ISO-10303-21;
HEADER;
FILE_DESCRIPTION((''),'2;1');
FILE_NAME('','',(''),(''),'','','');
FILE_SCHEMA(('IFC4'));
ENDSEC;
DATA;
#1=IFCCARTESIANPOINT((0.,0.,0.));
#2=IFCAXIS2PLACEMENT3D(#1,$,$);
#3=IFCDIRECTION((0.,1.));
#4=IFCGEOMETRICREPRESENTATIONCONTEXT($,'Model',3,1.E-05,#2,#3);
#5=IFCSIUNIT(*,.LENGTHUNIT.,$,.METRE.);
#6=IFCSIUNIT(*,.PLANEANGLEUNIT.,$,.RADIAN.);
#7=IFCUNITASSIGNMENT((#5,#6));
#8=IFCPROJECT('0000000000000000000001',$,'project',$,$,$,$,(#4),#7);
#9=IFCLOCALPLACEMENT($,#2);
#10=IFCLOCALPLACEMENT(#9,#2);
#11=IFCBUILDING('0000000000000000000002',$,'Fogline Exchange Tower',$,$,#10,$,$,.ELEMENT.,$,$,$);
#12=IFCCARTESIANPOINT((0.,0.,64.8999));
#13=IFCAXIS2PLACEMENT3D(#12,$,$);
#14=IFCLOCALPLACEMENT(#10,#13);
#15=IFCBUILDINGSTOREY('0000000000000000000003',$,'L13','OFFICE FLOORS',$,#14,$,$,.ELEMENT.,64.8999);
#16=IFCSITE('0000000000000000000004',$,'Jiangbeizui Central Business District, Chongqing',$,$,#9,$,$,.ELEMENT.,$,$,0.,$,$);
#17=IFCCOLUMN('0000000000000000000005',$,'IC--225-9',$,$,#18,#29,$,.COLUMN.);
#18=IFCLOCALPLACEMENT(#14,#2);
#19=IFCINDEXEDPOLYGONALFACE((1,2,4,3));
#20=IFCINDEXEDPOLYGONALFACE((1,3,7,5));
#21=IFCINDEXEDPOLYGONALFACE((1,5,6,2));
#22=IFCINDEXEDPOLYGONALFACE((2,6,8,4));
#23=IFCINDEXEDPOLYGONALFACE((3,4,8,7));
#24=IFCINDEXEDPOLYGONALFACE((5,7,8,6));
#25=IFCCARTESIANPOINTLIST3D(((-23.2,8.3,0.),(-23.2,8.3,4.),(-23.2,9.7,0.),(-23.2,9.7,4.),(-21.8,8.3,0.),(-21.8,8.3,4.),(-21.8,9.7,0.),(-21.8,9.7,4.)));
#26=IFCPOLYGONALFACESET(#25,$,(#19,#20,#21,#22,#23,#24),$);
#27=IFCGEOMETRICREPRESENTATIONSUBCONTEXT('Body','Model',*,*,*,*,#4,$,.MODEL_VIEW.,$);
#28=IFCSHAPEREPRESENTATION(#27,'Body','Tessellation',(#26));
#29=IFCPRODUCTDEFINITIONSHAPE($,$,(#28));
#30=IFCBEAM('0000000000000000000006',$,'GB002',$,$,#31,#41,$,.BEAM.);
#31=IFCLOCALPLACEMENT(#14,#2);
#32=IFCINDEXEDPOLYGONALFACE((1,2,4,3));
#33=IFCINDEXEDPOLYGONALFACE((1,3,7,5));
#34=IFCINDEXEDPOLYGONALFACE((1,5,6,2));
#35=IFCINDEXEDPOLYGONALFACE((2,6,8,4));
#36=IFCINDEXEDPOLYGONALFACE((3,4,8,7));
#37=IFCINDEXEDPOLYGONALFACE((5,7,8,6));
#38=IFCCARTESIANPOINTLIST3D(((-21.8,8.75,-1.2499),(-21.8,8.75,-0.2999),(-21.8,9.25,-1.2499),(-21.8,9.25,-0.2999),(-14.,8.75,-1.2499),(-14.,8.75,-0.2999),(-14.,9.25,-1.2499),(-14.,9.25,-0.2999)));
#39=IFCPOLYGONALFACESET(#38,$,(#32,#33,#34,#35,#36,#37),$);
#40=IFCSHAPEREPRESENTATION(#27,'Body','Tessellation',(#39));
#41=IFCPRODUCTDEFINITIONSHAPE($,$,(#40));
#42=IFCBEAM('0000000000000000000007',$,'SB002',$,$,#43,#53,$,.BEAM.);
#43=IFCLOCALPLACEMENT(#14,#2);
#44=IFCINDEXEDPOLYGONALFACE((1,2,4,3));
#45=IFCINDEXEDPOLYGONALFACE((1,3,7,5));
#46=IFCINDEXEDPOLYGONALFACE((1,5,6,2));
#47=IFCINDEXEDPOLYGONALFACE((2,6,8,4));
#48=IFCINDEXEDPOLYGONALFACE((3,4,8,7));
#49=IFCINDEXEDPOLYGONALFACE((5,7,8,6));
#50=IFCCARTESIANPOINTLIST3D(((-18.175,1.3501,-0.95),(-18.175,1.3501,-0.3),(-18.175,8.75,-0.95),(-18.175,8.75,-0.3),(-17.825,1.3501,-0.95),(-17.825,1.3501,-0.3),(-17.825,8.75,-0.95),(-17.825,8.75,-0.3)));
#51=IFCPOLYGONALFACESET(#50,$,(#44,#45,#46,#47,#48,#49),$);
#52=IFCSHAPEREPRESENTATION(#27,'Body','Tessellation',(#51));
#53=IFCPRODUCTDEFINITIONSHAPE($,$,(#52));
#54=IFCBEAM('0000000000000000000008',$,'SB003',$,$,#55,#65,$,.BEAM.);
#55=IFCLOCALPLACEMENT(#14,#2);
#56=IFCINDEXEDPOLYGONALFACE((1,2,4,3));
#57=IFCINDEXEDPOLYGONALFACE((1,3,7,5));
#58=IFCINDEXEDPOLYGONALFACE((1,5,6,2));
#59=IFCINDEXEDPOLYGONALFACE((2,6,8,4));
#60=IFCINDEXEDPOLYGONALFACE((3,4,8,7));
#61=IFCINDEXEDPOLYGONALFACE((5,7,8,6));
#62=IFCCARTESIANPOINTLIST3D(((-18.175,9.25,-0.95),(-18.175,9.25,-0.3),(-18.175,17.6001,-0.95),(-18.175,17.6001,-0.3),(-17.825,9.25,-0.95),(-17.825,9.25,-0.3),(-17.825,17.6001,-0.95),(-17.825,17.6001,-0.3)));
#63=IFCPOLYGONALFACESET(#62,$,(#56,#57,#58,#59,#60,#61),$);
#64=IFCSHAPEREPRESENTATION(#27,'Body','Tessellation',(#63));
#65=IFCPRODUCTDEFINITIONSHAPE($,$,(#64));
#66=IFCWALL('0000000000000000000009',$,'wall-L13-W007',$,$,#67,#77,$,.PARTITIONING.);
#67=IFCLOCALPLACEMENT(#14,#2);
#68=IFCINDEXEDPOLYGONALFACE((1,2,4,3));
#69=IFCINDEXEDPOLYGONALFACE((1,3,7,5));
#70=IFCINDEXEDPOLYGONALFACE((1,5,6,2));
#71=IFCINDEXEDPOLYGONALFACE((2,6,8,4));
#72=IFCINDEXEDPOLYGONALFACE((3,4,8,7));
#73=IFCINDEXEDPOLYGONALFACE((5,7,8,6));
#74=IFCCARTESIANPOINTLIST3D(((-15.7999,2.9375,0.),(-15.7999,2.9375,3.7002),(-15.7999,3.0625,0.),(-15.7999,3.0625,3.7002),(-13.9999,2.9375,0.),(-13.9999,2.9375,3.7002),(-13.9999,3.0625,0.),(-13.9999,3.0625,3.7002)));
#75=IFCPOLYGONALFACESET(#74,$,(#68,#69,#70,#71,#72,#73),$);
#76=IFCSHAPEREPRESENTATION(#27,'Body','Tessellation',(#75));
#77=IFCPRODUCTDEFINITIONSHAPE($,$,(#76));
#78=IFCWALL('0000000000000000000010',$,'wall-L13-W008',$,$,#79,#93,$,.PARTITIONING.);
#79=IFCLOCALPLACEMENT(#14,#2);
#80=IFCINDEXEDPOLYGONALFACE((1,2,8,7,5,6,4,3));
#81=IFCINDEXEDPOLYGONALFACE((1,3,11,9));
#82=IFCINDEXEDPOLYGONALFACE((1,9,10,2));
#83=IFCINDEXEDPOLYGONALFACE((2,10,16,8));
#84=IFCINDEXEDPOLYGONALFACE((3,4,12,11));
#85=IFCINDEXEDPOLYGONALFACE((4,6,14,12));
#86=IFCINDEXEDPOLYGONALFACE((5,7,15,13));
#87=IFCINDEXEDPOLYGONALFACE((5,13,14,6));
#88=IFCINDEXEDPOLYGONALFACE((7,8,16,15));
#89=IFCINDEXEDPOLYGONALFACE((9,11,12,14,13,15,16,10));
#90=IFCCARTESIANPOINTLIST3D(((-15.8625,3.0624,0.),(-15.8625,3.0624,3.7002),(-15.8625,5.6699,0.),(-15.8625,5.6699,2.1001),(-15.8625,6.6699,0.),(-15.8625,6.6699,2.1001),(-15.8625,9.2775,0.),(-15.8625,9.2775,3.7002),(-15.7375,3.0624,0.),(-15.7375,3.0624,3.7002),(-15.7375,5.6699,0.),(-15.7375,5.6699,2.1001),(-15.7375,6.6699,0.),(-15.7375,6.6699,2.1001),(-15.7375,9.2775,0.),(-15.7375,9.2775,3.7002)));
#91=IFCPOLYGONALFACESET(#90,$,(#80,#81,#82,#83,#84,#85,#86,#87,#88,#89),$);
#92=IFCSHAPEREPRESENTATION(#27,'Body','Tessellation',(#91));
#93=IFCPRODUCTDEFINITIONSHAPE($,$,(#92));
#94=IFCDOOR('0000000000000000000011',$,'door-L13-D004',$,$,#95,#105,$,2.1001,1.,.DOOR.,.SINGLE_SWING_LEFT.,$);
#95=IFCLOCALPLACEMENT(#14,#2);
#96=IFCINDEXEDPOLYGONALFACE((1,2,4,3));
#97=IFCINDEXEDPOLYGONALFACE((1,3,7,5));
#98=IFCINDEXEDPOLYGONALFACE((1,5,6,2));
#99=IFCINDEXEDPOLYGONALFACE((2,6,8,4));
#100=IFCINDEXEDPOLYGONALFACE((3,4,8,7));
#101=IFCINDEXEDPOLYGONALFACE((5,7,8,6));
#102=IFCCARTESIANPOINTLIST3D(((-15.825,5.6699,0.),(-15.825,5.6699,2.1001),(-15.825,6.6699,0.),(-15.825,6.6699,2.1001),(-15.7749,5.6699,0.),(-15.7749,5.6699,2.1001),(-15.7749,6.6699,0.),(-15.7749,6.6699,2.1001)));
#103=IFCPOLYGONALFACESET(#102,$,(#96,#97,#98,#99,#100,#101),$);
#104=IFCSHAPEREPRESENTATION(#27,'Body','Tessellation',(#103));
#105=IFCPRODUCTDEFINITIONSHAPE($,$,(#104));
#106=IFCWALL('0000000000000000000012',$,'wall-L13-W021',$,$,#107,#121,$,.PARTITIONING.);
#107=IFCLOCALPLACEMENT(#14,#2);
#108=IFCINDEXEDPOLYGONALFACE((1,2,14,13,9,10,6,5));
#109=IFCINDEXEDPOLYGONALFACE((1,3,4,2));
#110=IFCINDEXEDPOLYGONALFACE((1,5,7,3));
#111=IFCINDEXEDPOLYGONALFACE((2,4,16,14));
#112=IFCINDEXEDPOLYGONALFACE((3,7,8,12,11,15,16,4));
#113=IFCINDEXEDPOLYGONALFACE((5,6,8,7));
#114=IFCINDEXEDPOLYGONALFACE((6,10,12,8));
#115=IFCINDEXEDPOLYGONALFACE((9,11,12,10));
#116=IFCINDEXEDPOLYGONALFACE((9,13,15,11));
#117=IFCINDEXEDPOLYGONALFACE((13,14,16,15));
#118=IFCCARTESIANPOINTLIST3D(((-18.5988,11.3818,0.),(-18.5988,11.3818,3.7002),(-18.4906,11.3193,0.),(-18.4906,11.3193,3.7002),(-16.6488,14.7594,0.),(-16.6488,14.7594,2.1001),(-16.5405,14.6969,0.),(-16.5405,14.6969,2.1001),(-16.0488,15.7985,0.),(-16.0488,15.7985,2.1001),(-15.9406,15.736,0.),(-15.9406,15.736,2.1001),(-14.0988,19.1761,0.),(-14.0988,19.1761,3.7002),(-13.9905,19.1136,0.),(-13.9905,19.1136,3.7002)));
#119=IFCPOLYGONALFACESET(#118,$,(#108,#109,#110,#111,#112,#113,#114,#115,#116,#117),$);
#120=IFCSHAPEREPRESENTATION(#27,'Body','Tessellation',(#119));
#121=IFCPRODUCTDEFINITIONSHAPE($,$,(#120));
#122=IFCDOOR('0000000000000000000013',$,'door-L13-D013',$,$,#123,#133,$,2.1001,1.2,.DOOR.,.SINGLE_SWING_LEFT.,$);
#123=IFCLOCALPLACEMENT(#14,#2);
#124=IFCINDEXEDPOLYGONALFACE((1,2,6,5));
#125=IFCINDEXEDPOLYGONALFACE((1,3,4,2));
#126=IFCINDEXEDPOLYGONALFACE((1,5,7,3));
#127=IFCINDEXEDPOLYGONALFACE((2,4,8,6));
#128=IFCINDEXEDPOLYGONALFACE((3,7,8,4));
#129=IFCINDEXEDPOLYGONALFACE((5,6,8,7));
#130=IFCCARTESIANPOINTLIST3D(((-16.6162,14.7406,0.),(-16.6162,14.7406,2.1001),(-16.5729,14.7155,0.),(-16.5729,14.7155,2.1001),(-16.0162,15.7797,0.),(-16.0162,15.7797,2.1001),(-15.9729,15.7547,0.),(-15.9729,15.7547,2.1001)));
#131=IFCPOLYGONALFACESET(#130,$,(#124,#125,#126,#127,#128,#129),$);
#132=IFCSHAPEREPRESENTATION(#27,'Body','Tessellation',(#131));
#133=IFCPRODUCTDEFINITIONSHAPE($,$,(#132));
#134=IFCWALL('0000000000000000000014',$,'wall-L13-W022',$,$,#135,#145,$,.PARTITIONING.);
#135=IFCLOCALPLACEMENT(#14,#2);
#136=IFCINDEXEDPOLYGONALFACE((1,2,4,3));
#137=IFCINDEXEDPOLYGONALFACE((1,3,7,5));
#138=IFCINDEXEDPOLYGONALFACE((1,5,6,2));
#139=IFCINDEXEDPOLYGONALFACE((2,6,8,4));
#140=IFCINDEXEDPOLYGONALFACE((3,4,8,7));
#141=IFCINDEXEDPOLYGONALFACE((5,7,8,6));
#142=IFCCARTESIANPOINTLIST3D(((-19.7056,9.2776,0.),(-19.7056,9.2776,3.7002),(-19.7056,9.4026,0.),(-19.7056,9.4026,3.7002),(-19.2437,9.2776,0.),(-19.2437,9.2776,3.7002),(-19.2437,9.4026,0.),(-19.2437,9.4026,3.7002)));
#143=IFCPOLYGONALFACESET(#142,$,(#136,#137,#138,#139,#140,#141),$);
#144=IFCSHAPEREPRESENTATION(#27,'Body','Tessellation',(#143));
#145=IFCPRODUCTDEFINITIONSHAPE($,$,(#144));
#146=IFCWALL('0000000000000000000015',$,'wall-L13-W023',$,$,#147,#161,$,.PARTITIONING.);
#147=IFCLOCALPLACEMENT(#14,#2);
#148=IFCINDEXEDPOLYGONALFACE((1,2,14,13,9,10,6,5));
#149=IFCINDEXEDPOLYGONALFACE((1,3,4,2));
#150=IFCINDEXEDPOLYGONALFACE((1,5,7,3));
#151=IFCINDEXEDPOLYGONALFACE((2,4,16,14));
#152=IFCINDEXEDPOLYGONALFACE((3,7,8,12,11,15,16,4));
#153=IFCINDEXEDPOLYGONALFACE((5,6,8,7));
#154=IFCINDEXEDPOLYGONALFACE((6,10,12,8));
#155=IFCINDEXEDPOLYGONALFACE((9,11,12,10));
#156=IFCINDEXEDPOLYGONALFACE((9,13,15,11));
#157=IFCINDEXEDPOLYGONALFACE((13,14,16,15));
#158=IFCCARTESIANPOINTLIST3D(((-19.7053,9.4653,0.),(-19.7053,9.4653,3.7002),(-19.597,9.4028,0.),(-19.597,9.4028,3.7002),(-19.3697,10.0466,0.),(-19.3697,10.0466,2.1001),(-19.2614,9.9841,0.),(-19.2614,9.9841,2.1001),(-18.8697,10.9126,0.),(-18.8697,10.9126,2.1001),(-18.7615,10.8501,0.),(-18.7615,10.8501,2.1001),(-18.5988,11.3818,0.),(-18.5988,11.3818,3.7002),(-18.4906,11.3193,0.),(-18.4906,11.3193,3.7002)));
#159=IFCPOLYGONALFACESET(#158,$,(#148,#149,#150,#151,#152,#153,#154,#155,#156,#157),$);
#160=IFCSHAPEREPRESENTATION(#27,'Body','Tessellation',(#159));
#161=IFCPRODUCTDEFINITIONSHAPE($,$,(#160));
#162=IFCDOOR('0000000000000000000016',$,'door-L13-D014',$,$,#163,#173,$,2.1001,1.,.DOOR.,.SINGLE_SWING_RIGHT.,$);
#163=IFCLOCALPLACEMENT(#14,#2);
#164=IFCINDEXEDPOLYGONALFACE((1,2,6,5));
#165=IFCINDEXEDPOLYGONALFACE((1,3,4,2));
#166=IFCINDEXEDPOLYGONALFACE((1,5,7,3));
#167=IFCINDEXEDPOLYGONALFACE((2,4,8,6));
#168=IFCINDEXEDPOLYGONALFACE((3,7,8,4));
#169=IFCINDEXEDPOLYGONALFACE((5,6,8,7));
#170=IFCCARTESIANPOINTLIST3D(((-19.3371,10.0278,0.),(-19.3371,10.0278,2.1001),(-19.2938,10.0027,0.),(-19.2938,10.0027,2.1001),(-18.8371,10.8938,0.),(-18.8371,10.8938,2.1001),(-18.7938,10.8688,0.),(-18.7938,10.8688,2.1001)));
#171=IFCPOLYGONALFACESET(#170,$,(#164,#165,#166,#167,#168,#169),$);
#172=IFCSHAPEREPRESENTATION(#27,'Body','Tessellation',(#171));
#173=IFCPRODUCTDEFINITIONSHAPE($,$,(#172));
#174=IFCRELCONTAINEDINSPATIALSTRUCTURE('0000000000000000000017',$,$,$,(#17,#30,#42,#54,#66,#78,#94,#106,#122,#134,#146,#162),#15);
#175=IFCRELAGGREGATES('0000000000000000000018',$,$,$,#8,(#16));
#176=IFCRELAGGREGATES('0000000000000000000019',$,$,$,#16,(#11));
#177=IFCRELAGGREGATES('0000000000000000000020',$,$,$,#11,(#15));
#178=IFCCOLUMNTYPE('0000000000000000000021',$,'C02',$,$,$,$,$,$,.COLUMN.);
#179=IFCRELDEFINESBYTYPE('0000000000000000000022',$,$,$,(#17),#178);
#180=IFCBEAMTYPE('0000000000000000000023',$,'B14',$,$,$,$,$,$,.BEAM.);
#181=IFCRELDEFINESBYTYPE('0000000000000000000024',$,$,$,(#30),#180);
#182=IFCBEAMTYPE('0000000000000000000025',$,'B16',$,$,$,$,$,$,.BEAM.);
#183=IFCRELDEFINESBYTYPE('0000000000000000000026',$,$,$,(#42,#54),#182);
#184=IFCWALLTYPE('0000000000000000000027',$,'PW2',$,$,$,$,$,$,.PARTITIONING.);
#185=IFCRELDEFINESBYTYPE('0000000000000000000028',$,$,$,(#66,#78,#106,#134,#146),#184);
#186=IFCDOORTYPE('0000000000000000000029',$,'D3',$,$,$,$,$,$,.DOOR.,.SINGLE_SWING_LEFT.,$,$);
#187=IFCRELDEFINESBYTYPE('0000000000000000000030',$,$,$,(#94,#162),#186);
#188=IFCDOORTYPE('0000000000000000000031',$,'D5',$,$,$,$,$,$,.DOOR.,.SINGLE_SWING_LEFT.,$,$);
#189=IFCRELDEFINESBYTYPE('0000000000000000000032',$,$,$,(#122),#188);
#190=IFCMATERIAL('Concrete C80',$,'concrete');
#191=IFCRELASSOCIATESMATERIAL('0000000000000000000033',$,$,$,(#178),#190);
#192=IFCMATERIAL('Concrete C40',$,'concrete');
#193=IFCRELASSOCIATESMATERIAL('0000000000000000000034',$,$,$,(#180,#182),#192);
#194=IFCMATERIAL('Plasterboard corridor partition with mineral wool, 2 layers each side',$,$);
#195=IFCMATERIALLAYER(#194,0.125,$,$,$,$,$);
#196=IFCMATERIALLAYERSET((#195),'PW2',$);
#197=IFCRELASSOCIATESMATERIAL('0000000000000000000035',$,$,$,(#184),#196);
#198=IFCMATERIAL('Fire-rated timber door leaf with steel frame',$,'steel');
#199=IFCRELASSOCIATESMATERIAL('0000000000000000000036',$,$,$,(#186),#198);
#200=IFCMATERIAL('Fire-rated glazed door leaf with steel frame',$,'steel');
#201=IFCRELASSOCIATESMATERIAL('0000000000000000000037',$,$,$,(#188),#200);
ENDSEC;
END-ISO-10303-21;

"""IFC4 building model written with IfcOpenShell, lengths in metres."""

from ifc_helpers import new_model, si_unit, direction, frame, frame_2d, origin, origin_2d, place, context, subcontext, project, spatial, rectangle, extrude, material, layer, layer_set, material_profile, profile_set, type_object, element, fill, save


model = new_model("IFC4")

# Units and contexts
model_context = context("Model", 3, precision=1e-05, world=origin(), true_north=direction((0.0, 1.0)))
body_context = subcontext(model_context, "Body", "Model", "MODEL_VIEW")
ifc_project = project(units=[si_unit("LENGTHUNIT", "METRE"), si_unit("PLANEANGLEUNIT", "RADIAN")], contexts=[model_context])

# Site, building, storey
site_placement = place(None, origin())
site = spatial("IfcSite", under=ifc_project, at=site_placement, Name="Jiangbeizui Central Business District, Chongqing", CompositionType="ELEMENT", RefElevation=0.0)
building_placement = place(site_placement, origin())
building = spatial("IfcBuilding", under=site, at=building_placement, Name="Fogline Exchange Tower", CompositionType="ELEMENT")
storey_placement = place(building_placement, frame((0.0, 0.0, 64.8999)))
storey = spatial("IfcBuildingStorey", under=building, at=storey_placement, Name="L13", Description="OFFICE FLOORS", CompositionType="ELEMENT", Elevation=64.8999)

# Column
ifc_material_1 = material(Name="Concrete C80", Category="concrete")
ifc_material_profile_1 = material_profile(ifc_material_1, rectangle(XDim=1.3999, YDim=1.3999, at=origin_2d()), Name="RC 1400x1400")
ifc_profile_set_1 = profile_set([ifc_material_profile_1], Name="Concrete C80")
column_type = type_object("IfcColumnType", Name="C02", PredefinedType="COLUMN", material=ifc_profile_set_1)
column_placement = place(storey_placement, frame((-22.5, 9.0, 0.0), z_axis=(0.0, 0.0, 1.0), x_axis=(1.0, 0.0, 0.0)))
element("IfcColumn", 1, at=column_placement, inside=storey, type_object=column_type, Name="IC--225-9", PredefinedType="COLUMN", context=body_context, shape_type="SweptSolid", body=[
    extrude(rectangle(XDim=1.3999, YDim=1.3999, at=origin_2d()), origin(), (0.0, 0.0, 1.0), 4.0),
])

# Beams
ifc_material_2 = material(Name="Concrete C40", Category="concrete")
ifc_material_profile_2 = material_profile(ifc_material_2, rectangle(XDim=0.5, YDim=0.95, at=origin_2d()), Name="RC 500x950")
ifc_profile_set_2 = profile_set([ifc_material_profile_2], Name="Concrete C40")
beam_type_1 = type_object("IfcBeamType", Name="B14", PredefinedType="BEAM", material=ifc_profile_set_2)
beam_1_placement = place(storey_placement, frame((-21.8, 9.0, -0.7749), z_axis=(1.0, 0.0, 0.0), x_axis=(0.0, 1.0, 0.0)))
element("IfcBeam", 2, at=beam_1_placement, inside=storey, type_object=beam_type_1, Name="GB002", PredefinedType="BEAM", context=body_context, shape_type="SweptSolid", body=[
    extrude(rectangle(XDim=0.5, YDim=0.95, at=origin_2d()), origin(), (0.0, 0.0, 1.0), 7.8),
])
ifc_material_profile_3 = material_profile(ifc_material_2, rectangle(XDim=0.3501, YDim=0.6499, at=origin_2d()), Name="RC 350x650")
ifc_profile_set_3 = profile_set([ifc_material_profile_3], Name="Concrete C40")
beam_type_2 = type_object("IfcBeamType", Name="B16", PredefinedType="BEAM", material=ifc_profile_set_3)
beam_2_placement = place(storey_placement, frame((-18.0, 1.3501, -0.625), z_axis=(0.0, 1.0, 0.0), x_axis=(-1.0, 0.0, 0.0)))
element("IfcBeam", 3, at=beam_2_placement, inside=storey, type_object=beam_type_2, Name="SB002", PredefinedType="BEAM", context=body_context, shape_type="SweptSolid", body=[
    extrude(rectangle(XDim=0.3501, YDim=0.6499, at=origin_2d()), origin(), (0.0, 0.0, 1.0), 7.3999),
])
beam_3_placement = place(storey_placement, frame((-18.0, 9.25, -0.625), z_axis=(0.0, 1.0, 0.0), x_axis=(-1.0, 0.0, 0.0)))
element("IfcBeam", 4, at=beam_3_placement, inside=storey, type_object=beam_type_2, Name="SB003", PredefinedType="BEAM", context=body_context, shape_type="SweptSolid", body=[
    extrude(rectangle(XDim=0.3501, YDim=0.6499, at=origin_2d()), origin(), (0.0, 0.0, 1.0), 8.3501),
])

# Wall
ifc_material_3 = material(Name="Plasterboard corridor partition with mineral wool, 2 layers each side")
ifc_layer_1 = layer(ifc_material_3, 0.125)
ifc_layer_set_1 = layer_set([ifc_layer_1], Name="PW2")
wall_type_1 = type_object("IfcWallType", Name="PW2", PredefinedType="PARTITIONING", material=ifc_layer_set_1)
wall_1_placement = place(storey_placement, frame((-14.0, 3.0, 0.0), z_axis=(0.0, 0.0, 1.0), x_axis=(-1.0, 0.0, 0.0)))
element("IfcWall", 5, at=wall_1_placement, inside=storey, type_object=wall_type_1, Name="wall-L13-W007", PredefinedType="PARTITIONING", context=body_context, shape_type="SweptSolid", body=[
    extrude(rectangle(XDim=1.8, YDim=0.125, at=frame_2d((0.8999, 0.0))), origin(), (0.0, 0.0, 1.0), 3.7002),
])

# Walls, openings, doors
wall_2_placement = place(storey_placement, frame((-15.8, 3.0625, 0.0), z_axis=(0.0, 0.0, 1.0), x_axis=(0.0, 1.0, 0.0)))
wall_2 = element("IfcWall", 6, at=wall_2_placement, inside=storey, type_object=wall_type_1, Name="wall-L13-W008", PredefinedType="PARTITIONING", context=body_context, shape_type="SweptSolid", body=[
    extrude(rectangle(XDim=6.2151, YDim=0.125, at=frame_2d((3.1074, 0.0))), origin(), (0.0, 0.0, 1.0), 3.7002),
])
opening_1_placement = place(wall_2_placement, frame((2.6074, 0.0, 0.0)))
opening_1 = element("IfcOpeningElement", 7, at=opening_1_placement, cuts=wall_2, PredefinedType="OPENING", context=body_context, shape_type="SweptSolid", body=[
    extrude(rectangle(XDim=1.0, YDim=2.1001, at=frame_2d((0.5, 1.05))), frame((0.0, 0.0725, 0.0), z_axis=(0.0, -1.0, 0.0), x_axis=(1.0, 0.0, 0.0)), (0.0, 0.0, 1.0), 0.145),
])
ifc_material_4 = material(Name="Fire-rated timber door leaf with steel frame", Category="steel")
door_type_1 = type_object("IfcDoorType", Name="D3", OperationType="SINGLE_SWING_LEFT", PredefinedType="DOOR", material=ifc_material_4)
door_1_placement = place(opening_1_placement, origin())
door_1 = element("IfcDoor", 8, at=door_1_placement, inside=storey, type_object=door_type_1, Name="door-L13-D004", OperationType="SINGLE_SWING_LEFT", OverallHeight=2.1001, OverallWidth=1.0, PredefinedType="DOOR", context=body_context, shape_type="SweptSolid", body=[
    extrude(rectangle(XDim=1.0, YDim=2.1001, at=frame_2d((0.5, 1.05))), frame((0.0, 0.0249, 0.0), z_axis=(0.0, -1.0, 0.0), x_axis=(1.0, 0.0, 0.0)), (0.0, 0.0, 1.0), 0.05),
])
fill(opening_1, door_1)
wall_3_placement = place(storey_placement, frame((-18.5447, 11.3506, 0.0), z_axis=(0.0, 0.0, 1.0), x_axis=(0.500002, 0.866024, 0.0)))
wall_3 = element("IfcWall", 9, at=wall_3_placement, inside=storey, type_object=wall_type_1, Name="wall-L13-W021", PredefinedType="PARTITIONING", context=body_context, shape_type="SweptSolid", body=[
    extrude(rectangle(XDim=9.0, YDim=0.125, at=frame_2d((4.5, 0.0))), origin(), (0.0, 0.0, 1.0), 3.7002),
])
opening_2_placement = place(wall_3_placement, frame((3.8999, 0.0, 0.0)))
opening_2 = element("IfcOpeningElement", 10, at=opening_2_placement, cuts=wall_3, PredefinedType="OPENING", context=body_context, shape_type="SweptSolid", body=[
    extrude(rectangle(XDim=1.2, YDim=2.1001, at=frame_2d((0.6001, 1.05))), frame((0.0, 0.0725, 0.0), z_axis=(0.0, -1.0, 0.0), x_axis=(1.0, 0.0, 0.0)), (0.0, 0.0, 1.0), 0.145),
])
ifc_material_5 = material(Name="Fire-rated glazed door leaf with steel frame", Category="steel")
door_type_2 = type_object("IfcDoorType", Name="D5", OperationType="SINGLE_SWING_LEFT", PredefinedType="DOOR", material=ifc_material_5)
door_2_placement = place(opening_2_placement, origin())
door_2 = element("IfcDoor", 11, at=door_2_placement, inside=storey, type_object=door_type_2, Name="door-L13-D013", OperationType="SINGLE_SWING_LEFT", OverallHeight=2.1001, OverallWidth=1.2, PredefinedType="DOOR", context=body_context, shape_type="SweptSolid", body=[
    extrude(rectangle(XDim=1.2, YDim=2.1001, at=frame_2d((0.6001, 1.05))), frame((0.0, 0.0249, 0.0), z_axis=(0.0, -1.0, 0.0), x_axis=(1.0, 0.0, 0.0)), (0.0, 0.0, 1.0), 0.05),
])
fill(opening_2, door_2)

# Wall
wall_4_placement = place(storey_placement, frame((-19.2437, 9.3401, 0.0), z_axis=(0.0, 0.0, 1.0), x_axis=(-1.0, 0.0, 0.0)))
element("IfcWall", 12, at=wall_4_placement, inside=storey, type_object=wall_type_1, Name="wall-L13-W022", PredefinedType="PARTITIONING", context=body_context, shape_type="SweptSolid", body=[
    extrude(rectangle(XDim=0.4619, YDim=0.125, at=frame_2d((0.231, 0.0))), origin(), (0.0, 0.0, 1.0), 3.7002),
])

# Wall, opening, door
wall_5_placement = place(storey_placement, frame((-19.6511, 9.4341, 0.0), z_axis=(0.0, 0.0, 1.0), x_axis=(0.499983, 0.866035, 0.0)))
wall_5 = element("IfcWall", 13, at=wall_5_placement, inside=storey, type_object=wall_type_1, Name="wall-L13-W023", PredefinedType="PARTITIONING", context=body_context, shape_type="SweptSolid", body=[
    extrude(rectangle(XDim=2.2129, YDim=0.125, at=frame_2d((1.1064, 0.0))), origin(), (0.0, 0.0, 1.0), 3.7002),
])
opening_3_placement = place(wall_5_placement, frame((0.6711, 0.0, 0.0)))
opening_3 = element("IfcOpeningElement", 14, at=opening_3_placement, cuts=wall_5, PredefinedType="OPENING", context=body_context, shape_type="SweptSolid", body=[
    extrude(rectangle(XDim=1.0, YDim=2.1001, at=frame_2d((0.5, 1.05))), frame((0.0, 0.0725, 0.0), z_axis=(0.0, -1.0, 0.0), x_axis=(1.0, 0.0, 0.0)), (0.0, 0.0, 1.0), 0.145),
])
door_3_placement = place(opening_3_placement, origin())
door_3 = element("IfcDoor", 15, at=door_3_placement, inside=storey, type_object=door_type_1, Name="door-L13-D014", OperationType="SINGLE_SWING_RIGHT", OverallHeight=2.1001, OverallWidth=1.0, PredefinedType="DOOR", context=body_context, shape_type="SweptSolid", body=[
    extrude(rectangle(XDim=1.0, YDim=2.1001, at=frame_2d((0.5, 1.05))), frame((0.0, 0.0249, 0.0), z_axis=(0.0, -1.0, 0.0), x_axis=(1.0, 0.0, 0.0)), (0.0, 0.0, 1.0), 0.05),
])
fill(opening_3, door_3)

save(model, "model.ifc")
